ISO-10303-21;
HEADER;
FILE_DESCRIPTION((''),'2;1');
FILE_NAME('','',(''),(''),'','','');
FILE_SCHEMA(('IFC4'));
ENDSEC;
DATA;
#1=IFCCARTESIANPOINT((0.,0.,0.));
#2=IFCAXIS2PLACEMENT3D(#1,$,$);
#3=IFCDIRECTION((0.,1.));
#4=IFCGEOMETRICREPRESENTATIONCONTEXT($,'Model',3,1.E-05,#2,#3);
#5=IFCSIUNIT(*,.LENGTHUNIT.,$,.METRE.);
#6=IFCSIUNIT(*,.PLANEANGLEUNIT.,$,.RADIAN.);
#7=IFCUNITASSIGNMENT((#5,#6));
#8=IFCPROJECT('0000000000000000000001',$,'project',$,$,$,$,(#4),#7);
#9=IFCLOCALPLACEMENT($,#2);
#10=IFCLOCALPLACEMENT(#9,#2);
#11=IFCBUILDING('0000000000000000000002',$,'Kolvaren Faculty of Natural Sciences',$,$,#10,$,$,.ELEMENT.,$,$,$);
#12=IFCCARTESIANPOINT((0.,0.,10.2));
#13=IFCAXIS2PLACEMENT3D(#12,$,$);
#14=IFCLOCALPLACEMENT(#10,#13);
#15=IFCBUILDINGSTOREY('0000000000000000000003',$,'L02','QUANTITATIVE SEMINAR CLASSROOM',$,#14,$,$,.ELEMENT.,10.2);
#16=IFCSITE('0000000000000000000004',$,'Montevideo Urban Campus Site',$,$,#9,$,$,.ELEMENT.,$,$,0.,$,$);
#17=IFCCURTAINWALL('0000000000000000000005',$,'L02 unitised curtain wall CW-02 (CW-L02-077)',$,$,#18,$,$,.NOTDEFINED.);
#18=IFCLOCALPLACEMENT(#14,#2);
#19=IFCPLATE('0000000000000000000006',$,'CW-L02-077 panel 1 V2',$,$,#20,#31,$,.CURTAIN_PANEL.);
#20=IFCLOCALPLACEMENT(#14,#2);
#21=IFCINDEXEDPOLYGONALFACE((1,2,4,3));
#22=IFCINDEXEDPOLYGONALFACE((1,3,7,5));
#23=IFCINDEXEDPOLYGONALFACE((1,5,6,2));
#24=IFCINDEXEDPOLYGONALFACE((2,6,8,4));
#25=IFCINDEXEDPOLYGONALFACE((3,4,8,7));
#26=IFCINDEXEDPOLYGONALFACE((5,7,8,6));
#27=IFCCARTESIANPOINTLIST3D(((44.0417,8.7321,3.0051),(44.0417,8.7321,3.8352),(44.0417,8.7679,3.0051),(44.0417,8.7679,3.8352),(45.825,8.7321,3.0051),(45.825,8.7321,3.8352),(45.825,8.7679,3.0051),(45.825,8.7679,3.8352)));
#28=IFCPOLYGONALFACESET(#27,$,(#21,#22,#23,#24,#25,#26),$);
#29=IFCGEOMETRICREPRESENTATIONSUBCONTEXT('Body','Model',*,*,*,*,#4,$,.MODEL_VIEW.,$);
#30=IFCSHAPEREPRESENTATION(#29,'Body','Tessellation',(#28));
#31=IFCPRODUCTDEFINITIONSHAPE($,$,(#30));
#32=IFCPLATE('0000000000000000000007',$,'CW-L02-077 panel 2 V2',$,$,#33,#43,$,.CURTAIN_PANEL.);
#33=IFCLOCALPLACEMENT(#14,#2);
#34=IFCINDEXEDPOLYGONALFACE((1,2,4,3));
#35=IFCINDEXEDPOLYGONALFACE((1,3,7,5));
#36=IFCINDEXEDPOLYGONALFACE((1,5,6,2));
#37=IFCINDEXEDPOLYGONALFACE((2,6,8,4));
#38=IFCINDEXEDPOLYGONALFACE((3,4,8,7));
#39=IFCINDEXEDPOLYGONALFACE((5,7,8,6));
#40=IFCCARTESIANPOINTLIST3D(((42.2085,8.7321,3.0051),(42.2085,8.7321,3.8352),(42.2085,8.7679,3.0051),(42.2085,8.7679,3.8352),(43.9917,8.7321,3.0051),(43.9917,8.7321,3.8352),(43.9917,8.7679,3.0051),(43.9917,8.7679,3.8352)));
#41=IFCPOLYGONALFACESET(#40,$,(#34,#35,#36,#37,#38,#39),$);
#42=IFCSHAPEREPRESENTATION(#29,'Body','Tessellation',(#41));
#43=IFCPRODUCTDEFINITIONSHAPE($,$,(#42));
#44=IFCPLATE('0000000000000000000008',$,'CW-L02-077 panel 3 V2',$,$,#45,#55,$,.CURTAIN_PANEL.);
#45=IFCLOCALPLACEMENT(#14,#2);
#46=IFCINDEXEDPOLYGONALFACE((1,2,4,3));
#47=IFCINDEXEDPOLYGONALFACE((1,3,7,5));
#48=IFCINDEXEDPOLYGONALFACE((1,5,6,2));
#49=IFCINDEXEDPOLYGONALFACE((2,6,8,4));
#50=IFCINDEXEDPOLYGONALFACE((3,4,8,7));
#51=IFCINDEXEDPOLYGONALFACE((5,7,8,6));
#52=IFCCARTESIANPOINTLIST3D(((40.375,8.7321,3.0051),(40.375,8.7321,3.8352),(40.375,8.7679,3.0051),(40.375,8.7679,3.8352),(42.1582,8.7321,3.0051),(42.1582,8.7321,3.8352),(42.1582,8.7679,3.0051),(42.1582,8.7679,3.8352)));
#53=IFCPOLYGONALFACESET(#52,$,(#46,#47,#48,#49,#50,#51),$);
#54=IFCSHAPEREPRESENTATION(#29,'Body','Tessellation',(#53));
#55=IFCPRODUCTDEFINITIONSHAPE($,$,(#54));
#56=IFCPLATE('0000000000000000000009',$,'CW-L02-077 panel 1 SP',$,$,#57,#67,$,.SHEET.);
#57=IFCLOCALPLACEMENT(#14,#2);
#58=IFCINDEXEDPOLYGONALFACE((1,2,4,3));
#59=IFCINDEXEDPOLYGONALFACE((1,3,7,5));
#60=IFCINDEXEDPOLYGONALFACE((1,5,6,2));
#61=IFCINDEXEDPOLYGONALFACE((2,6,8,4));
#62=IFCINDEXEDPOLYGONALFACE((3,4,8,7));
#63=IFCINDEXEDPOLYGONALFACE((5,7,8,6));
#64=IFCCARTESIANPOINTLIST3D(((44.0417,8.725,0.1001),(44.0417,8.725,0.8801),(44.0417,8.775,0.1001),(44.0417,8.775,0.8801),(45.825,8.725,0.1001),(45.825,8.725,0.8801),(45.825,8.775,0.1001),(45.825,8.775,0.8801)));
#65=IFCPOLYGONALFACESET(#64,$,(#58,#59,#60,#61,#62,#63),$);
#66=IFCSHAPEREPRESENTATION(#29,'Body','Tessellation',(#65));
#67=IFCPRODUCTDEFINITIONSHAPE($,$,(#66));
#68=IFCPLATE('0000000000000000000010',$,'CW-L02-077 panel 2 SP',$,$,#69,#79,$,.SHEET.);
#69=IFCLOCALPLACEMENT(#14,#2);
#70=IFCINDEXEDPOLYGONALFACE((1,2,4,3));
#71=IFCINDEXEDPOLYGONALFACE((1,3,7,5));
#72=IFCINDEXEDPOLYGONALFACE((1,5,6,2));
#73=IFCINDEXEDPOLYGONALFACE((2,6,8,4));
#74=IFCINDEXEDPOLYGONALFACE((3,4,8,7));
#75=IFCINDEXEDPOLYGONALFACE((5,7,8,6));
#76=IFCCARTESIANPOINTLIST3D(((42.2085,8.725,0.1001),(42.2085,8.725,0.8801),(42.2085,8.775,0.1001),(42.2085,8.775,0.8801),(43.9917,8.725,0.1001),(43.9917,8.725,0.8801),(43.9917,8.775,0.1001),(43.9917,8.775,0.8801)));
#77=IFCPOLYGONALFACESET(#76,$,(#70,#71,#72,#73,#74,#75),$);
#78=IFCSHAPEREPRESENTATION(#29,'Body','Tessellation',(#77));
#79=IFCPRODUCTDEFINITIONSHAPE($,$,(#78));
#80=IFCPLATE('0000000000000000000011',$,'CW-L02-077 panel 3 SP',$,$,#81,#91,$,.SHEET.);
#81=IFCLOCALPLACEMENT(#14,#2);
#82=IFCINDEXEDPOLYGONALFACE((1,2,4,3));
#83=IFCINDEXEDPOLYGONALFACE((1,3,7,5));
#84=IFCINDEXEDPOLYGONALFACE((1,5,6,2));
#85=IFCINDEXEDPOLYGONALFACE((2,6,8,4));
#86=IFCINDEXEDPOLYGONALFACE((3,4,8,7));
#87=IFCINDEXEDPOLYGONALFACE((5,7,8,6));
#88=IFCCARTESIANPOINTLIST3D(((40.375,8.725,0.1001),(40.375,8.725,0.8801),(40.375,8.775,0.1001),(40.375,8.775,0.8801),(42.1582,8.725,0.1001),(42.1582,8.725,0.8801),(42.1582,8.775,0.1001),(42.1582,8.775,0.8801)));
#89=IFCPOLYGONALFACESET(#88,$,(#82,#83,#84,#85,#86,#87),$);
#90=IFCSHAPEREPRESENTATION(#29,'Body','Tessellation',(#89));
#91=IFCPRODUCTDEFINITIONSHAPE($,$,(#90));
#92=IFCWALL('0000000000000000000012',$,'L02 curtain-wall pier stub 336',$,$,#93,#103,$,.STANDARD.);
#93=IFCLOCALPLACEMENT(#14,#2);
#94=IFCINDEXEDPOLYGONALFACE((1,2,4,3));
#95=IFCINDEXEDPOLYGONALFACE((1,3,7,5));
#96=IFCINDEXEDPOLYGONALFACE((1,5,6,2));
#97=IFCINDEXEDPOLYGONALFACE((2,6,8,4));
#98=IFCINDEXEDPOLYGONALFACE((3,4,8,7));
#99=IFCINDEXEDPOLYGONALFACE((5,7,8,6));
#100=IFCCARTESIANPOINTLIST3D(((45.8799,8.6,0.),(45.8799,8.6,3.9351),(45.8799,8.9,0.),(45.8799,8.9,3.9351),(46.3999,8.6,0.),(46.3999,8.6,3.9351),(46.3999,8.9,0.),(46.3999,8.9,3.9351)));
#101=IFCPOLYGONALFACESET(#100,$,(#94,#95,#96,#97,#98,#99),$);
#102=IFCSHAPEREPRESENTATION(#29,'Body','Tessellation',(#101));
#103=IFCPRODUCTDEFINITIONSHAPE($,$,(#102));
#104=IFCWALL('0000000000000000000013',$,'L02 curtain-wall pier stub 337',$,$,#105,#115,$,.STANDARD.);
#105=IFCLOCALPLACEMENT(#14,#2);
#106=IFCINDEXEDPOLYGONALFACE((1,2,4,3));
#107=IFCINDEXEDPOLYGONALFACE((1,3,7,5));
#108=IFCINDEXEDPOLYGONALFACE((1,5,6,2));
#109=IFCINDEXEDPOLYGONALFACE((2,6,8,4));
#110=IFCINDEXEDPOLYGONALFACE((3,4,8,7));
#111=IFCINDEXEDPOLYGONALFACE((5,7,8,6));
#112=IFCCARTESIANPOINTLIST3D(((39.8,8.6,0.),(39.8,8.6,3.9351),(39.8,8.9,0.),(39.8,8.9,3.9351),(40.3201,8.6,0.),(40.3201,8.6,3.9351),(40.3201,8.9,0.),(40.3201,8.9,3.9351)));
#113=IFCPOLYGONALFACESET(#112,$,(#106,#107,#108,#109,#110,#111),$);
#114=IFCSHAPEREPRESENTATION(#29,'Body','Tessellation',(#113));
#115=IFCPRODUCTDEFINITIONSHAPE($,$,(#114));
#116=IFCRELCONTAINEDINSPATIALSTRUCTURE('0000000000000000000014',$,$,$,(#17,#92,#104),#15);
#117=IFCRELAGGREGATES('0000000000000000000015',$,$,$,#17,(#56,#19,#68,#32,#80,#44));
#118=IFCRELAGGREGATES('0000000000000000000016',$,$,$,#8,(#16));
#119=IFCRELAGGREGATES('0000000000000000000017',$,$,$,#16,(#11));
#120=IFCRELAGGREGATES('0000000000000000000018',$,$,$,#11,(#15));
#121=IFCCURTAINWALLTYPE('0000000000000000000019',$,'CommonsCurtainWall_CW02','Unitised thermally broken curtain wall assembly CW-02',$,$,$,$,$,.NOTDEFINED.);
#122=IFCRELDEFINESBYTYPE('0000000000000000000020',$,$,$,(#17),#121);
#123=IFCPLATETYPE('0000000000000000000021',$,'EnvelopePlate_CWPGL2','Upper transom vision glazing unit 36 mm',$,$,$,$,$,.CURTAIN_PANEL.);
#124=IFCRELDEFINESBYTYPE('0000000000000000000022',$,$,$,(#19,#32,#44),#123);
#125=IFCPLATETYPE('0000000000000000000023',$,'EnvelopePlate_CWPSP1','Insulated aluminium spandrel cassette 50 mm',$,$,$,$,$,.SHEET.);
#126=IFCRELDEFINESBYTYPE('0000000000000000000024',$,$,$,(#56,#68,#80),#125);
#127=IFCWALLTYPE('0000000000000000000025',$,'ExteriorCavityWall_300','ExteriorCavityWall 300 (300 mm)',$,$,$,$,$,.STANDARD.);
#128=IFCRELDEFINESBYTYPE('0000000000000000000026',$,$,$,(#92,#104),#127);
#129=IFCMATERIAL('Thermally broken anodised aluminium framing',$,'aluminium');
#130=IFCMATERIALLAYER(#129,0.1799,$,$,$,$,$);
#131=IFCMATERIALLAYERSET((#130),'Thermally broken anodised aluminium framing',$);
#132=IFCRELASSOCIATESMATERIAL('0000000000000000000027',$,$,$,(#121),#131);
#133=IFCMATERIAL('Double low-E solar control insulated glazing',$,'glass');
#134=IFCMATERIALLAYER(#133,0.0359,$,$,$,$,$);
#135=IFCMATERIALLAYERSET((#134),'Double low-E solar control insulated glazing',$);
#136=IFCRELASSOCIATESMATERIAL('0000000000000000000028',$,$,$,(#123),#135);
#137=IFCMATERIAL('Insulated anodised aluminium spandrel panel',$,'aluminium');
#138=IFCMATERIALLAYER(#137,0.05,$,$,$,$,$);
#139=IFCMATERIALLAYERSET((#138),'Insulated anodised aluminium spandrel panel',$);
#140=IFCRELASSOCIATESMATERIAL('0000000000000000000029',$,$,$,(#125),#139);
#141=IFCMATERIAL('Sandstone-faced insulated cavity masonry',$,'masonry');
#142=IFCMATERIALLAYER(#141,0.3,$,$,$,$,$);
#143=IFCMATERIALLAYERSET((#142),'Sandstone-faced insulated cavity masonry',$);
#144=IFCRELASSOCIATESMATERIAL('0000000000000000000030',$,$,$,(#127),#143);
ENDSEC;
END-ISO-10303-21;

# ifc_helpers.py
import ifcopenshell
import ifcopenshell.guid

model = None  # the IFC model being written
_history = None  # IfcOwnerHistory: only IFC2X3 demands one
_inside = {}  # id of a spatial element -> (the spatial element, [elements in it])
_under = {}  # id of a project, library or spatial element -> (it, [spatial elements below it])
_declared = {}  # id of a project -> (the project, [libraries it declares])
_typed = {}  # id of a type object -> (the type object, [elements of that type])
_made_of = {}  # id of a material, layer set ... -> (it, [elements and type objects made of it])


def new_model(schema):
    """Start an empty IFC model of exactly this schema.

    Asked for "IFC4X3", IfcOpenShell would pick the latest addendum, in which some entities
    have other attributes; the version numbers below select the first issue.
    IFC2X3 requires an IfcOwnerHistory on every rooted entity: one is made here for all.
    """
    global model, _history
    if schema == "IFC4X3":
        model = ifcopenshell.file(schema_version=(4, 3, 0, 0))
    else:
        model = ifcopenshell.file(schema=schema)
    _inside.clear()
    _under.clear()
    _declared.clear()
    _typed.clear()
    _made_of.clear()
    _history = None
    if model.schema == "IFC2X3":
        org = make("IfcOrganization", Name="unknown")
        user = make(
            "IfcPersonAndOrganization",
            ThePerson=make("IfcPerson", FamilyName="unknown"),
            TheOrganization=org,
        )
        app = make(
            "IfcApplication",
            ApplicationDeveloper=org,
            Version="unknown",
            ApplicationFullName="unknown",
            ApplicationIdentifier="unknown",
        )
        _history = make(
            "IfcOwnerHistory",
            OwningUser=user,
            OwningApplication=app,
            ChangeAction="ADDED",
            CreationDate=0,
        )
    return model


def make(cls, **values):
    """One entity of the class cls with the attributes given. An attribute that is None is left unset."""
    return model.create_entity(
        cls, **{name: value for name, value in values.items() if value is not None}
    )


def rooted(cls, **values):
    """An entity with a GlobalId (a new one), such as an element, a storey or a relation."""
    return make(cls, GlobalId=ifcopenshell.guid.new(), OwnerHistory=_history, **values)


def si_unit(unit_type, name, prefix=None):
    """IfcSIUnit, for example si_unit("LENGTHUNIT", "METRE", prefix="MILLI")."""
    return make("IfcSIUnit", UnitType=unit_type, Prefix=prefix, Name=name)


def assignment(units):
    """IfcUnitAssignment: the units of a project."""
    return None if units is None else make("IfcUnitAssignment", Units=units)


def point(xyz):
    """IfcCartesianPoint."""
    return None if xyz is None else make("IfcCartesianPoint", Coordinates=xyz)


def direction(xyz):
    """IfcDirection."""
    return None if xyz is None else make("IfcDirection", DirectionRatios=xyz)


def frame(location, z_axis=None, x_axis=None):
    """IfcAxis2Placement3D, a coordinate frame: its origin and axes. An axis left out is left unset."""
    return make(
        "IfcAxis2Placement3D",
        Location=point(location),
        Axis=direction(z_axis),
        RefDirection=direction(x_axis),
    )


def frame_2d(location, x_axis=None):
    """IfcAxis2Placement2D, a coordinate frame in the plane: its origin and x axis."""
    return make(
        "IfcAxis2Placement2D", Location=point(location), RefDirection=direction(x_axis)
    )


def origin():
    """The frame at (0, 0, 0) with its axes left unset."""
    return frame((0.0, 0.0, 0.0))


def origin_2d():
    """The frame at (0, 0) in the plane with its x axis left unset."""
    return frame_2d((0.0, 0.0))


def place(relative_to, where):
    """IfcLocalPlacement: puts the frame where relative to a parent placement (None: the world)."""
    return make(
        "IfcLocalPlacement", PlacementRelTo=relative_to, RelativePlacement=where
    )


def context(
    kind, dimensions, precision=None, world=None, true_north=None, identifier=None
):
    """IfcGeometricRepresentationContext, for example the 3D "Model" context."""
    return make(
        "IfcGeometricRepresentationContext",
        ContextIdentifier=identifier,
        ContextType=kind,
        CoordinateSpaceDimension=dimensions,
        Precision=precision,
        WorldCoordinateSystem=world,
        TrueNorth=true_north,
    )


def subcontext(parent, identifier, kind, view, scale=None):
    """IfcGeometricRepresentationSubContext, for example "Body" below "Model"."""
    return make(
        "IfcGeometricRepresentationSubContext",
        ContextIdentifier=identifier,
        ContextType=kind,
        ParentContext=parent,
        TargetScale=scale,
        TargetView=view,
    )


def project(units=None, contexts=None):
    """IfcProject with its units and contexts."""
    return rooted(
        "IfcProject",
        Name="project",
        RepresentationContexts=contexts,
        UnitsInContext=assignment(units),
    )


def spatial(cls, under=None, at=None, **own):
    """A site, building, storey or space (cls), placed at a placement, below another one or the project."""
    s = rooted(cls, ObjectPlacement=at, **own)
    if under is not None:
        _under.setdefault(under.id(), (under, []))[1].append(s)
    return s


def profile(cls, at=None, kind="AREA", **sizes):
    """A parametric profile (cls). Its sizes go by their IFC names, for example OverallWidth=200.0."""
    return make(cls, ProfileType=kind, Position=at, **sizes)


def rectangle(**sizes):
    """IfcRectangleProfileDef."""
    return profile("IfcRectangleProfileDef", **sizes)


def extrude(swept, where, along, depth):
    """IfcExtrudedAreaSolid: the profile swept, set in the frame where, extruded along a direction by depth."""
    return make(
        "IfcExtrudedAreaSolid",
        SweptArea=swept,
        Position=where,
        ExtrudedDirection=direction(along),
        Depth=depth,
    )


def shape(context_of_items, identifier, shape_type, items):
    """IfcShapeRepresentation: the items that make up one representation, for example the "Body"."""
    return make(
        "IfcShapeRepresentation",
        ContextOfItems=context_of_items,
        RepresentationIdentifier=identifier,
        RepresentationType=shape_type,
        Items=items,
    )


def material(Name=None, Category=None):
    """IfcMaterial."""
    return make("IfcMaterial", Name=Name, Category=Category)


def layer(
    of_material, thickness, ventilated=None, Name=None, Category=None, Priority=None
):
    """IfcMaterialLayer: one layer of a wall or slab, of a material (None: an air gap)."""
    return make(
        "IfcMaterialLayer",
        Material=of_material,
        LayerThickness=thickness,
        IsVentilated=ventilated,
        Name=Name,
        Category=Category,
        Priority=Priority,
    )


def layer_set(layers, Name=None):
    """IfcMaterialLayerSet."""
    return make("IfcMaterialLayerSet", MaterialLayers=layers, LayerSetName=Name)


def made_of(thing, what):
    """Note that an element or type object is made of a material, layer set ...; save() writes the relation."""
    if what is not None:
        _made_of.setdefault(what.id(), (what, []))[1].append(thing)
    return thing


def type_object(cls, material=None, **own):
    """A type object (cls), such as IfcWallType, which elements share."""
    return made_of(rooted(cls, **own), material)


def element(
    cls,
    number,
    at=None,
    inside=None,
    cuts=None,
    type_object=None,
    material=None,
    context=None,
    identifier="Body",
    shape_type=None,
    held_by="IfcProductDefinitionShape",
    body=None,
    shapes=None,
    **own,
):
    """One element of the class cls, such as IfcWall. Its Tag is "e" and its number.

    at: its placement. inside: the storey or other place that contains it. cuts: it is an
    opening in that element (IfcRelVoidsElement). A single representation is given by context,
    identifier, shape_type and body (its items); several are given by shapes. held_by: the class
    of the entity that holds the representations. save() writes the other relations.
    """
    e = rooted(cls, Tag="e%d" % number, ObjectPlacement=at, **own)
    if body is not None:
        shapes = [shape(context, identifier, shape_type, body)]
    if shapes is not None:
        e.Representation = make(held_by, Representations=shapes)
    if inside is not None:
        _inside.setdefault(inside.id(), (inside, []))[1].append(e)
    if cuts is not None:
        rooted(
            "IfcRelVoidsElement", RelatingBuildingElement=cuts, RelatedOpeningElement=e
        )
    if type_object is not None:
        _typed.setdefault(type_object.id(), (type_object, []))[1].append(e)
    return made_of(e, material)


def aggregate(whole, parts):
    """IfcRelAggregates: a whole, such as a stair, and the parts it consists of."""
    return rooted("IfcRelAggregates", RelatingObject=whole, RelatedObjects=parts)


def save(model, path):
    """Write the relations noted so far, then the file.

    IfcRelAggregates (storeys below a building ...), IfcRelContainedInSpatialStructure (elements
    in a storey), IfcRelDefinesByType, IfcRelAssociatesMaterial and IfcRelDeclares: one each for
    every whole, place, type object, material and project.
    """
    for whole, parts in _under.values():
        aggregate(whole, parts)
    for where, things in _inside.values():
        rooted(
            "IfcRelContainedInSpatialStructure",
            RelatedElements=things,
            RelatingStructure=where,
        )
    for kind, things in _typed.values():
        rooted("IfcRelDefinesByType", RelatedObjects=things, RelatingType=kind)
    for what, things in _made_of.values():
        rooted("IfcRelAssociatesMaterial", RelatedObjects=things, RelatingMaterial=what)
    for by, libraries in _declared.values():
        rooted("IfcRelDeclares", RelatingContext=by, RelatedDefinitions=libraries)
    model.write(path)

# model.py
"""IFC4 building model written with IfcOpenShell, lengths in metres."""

from ifc_helpers import new_model, si_unit, direction, frame, frame_2d, origin, origin_2d, place, context, subcontext, project, spatial, rectangle, extrude, material, layer, layer_set, type_object, element, aggregate, save


model = new_model("IFC4")

# Units and contexts
model_context = context("Model", 3, precision=1e-05, world=origin(), true_north=direction((0.0, 1.0)))
body_context = subcontext(model_context, "Body", "Model", "MODEL_VIEW")
ifc_project = project(units=[si_unit("LENGTHUNIT", "METRE"), si_unit("PLANEANGLEUNIT", "RADIAN")], contexts=[model_context])

# Site, building, storey
site_placement = place(None, origin())
site = spatial("IfcSite", under=ifc_project, at=site_placement, Name="Montevideo Urban Campus Site", CompositionType="ELEMENT", RefElevation=0.0)
building_placement = place(site_placement, origin())
building = spatial("IfcBuilding", under=site, at=building_placement, Name="Kolvaren Faculty of Natural Sciences", CompositionType="ELEMENT")
storey_placement = place(building_placement, frame((0.0, 0.0, 10.2)))
storey = spatial("IfcBuildingStorey", under=building, at=storey_placement, Name="L02", Description="QUANTITATIVE SEMINAR CLASSROOM", CompositionType="ELEMENT", Elevation=10.2)

# Curtain wall
ifc_material_1 = material(Name="Thermally broken anodised aluminium framing", Category="aluminium")
ifc_layer_1 = layer(ifc_material_1, 0.1799)
ifc_layer_set_1 = layer_set([ifc_layer_1], Name="Thermally broken anodised aluminium framing")
curtain_wall_type = type_object("IfcCurtainWallType", Name="CommonsCurtainWall_CW02", Description="Unitised thermally broken curtain wall assembly CW-02", PredefinedType="NOTDEFINED", material=ifc_layer_set_1)
curtain_wall_placement = place(storey_placement, origin())
curtain_wall = element("IfcCurtainWall", 1, at=curtain_wall_placement, inside=storey, type_object=curtain_wall_type, Name="L02 unitised curtain wall CW-02 (CW-L02-077)", PredefinedType="NOTDEFINED")

# Plates
ifc_material_2 = material(Name="Double low-E solar control insulated glazing", Category="glass")
ifc_layer_2 = layer(ifc_material_2, 0.0359)
ifc_layer_set_2 = layer_set([ifc_layer_2], Name="Double low-E solar control insulated glazing")
plate_type_1 = type_object("IfcPlateType", Name="EnvelopePlate_CWPGL2", Description="Upper transom vision glazing unit 36 mm", PredefinedType="CURTAIN_PANEL", material=ifc_layer_set_2)
plate_1_placement = place(storey_placement, frame((44.9333, 8.75, 3.0051), z_axis=(0.0, 0.0, 1.0), x_axis=(-1.0, 0.0, 0.0)))
plate_1 = element("IfcPlate", 2, at=plate_1_placement, type_object=plate_type_1, Name="CW-L02-077 panel 1 V2", PredefinedType="CURTAIN_PANEL", context=body_context, shape_type="SweptSolid", body=[
    extrude(rectangle(XDim=1.7832, YDim=0.0359, at=origin_2d()), origin(), (0.0, 0.0, 1.0), 0.8301),
])
plate_2_placement = place(storey_placement, frame((43.1001, 8.75, 3.0051), z_axis=(0.0, 0.0, 1.0), x_axis=(-1.0, 0.0, 0.0)))
plate_2 = element("IfcPlate", 3, at=plate_2_placement, type_object=plate_type_1, Name="CW-L02-077 panel 2 V2", PredefinedType="CURTAIN_PANEL", context=body_context, shape_type="SweptSolid", body=[
    extrude(rectangle(XDim=1.7832, YDim=0.0359, at=origin_2d()), origin(), (0.0, 0.0, 1.0), 0.8301),
])
plate_3_placement = place(storey_placement, frame((41.2666, 8.75, 3.0051), z_axis=(0.0, 0.0, 1.0), x_axis=(-1.0, 0.0, 0.0)))
plate_3 = element("IfcPlate", 4, at=plate_3_placement, type_object=plate_type_1, Name="CW-L02-077 panel 3 V2", PredefinedType="CURTAIN_PANEL", context=body_context, shape_type="SweptSolid", body=[
    extrude(rectangle(XDim=1.7832, YDim=0.0359, at=origin_2d()), origin(), (0.0, 0.0, 1.0), 0.8301),
])
ifc_material_3 = material(Name="Insulated anodised aluminium spandrel panel", Category="aluminium")
ifc_layer_3 = layer(ifc_material_3, 0.05)
ifc_layer_set_3 = layer_set([ifc_layer_3], Name="Insulated anodised aluminium spandrel panel")
plate_type_2 = type_object("IfcPlateType", Name="EnvelopePlate_CWPSP1", Description="Insulated aluminium spandrel cassette 50 mm", PredefinedType="SHEET", material=ifc_layer_set_3)
plate_4_placement = place(storey_placement, frame((44.9333, 8.75, 0.1001), z_axis=(0.0, 0.0, 1.0), x_axis=(-1.0, 0.0, 0.0)))
plate_4 = element("IfcPlate", 5, at=plate_4_placement, type_object=plate_type_2, Name="CW-L02-077 panel 1 SP", PredefinedType="SHEET", context=body_context, shape_type="SweptSolid", body=[
    extrude(rectangle(XDim=1.7832, YDim=0.05, at=origin_2d()), origin(), (0.0, 0.0, 1.0), 0.78),
])
plate_5_placement = place(storey_placement, frame((43.1001, 8.75, 0.1001), z_axis=(0.0, 0.0, 1.0), x_axis=(-1.0, 0.0, 0.0)))
plate_5 = element("IfcPlate", 6, at=plate_5_placement, type_object=plate_type_2, Name="CW-L02-077 panel 2 SP", PredefinedType="SHEET", context=body_context, shape_type="SweptSolid", body=[
    extrude(rectangle(XDim=1.7832, YDim=0.05, at=origin_2d()), origin(), (0.0, 0.0, 1.0), 0.78),
])
plate_6_placement = place(storey_placement, frame((41.2666, 8.75, 0.1001), z_axis=(0.0, 0.0, 1.0), x_axis=(-1.0, 0.0, 0.0)))
plate_6 = element("IfcPlate", 7, at=plate_6_placement, type_object=plate_type_2, Name="CW-L02-077 panel 3 SP", PredefinedType="SHEET", context=body_context, shape_type="SweptSolid", body=[
    extrude(rectangle(XDim=1.7832, YDim=0.05, at=origin_2d()), origin(), (0.0, 0.0, 1.0), 0.78),
])
aggregate(curtain_wall, [plate_4, plate_1, plate_5, plate_2, plate_6, plate_3])

# Walls
ifc_material_4 = material(Name="Sandstone-faced insulated cavity masonry", Category="masonry")
ifc_layer_4 = layer(ifc_material_4, 0.3)
ifc_layer_set_4 = layer_set([ifc_layer_4], Name="Sandstone-faced insulated cavity masonry")
wall_type = type_object("IfcWallType", Name="ExteriorCavityWall_300", Description="ExteriorCavityWall 300 (300 mm)", PredefinedType="STANDARD", material=ifc_layer_set_4)
for number, where, z_axis, x_axis, name in (
    (8, (46.3999, 8.75, 0.0), (0.0, 0.0, 1.0), (-1.0, 0.0, 0.0), "L02 curtain-wall pier stub 336"),
    (9, (40.3201, 8.75, 0.0), (0.0, 0.0, 1.0), (-1.0, 0.0, 0.0), "L02 curtain-wall pier stub 337"),
):
    element("IfcWall", number, at=place(storey_placement, frame(where, z_axis=z_axis, x_axis=x_axis)), inside=storey, type_object=wall_type, Name=name, PredefinedType="STANDARD", context=body_context, shape_type="SweptSolid", body=[
        extrude(rectangle(XDim=0.52, YDim=0.3, at=frame_2d((0.26, 0.0))), origin(), (0.0, 0.0, 1.0), 3.9351),
    ])

save(model, "model.ifc")
